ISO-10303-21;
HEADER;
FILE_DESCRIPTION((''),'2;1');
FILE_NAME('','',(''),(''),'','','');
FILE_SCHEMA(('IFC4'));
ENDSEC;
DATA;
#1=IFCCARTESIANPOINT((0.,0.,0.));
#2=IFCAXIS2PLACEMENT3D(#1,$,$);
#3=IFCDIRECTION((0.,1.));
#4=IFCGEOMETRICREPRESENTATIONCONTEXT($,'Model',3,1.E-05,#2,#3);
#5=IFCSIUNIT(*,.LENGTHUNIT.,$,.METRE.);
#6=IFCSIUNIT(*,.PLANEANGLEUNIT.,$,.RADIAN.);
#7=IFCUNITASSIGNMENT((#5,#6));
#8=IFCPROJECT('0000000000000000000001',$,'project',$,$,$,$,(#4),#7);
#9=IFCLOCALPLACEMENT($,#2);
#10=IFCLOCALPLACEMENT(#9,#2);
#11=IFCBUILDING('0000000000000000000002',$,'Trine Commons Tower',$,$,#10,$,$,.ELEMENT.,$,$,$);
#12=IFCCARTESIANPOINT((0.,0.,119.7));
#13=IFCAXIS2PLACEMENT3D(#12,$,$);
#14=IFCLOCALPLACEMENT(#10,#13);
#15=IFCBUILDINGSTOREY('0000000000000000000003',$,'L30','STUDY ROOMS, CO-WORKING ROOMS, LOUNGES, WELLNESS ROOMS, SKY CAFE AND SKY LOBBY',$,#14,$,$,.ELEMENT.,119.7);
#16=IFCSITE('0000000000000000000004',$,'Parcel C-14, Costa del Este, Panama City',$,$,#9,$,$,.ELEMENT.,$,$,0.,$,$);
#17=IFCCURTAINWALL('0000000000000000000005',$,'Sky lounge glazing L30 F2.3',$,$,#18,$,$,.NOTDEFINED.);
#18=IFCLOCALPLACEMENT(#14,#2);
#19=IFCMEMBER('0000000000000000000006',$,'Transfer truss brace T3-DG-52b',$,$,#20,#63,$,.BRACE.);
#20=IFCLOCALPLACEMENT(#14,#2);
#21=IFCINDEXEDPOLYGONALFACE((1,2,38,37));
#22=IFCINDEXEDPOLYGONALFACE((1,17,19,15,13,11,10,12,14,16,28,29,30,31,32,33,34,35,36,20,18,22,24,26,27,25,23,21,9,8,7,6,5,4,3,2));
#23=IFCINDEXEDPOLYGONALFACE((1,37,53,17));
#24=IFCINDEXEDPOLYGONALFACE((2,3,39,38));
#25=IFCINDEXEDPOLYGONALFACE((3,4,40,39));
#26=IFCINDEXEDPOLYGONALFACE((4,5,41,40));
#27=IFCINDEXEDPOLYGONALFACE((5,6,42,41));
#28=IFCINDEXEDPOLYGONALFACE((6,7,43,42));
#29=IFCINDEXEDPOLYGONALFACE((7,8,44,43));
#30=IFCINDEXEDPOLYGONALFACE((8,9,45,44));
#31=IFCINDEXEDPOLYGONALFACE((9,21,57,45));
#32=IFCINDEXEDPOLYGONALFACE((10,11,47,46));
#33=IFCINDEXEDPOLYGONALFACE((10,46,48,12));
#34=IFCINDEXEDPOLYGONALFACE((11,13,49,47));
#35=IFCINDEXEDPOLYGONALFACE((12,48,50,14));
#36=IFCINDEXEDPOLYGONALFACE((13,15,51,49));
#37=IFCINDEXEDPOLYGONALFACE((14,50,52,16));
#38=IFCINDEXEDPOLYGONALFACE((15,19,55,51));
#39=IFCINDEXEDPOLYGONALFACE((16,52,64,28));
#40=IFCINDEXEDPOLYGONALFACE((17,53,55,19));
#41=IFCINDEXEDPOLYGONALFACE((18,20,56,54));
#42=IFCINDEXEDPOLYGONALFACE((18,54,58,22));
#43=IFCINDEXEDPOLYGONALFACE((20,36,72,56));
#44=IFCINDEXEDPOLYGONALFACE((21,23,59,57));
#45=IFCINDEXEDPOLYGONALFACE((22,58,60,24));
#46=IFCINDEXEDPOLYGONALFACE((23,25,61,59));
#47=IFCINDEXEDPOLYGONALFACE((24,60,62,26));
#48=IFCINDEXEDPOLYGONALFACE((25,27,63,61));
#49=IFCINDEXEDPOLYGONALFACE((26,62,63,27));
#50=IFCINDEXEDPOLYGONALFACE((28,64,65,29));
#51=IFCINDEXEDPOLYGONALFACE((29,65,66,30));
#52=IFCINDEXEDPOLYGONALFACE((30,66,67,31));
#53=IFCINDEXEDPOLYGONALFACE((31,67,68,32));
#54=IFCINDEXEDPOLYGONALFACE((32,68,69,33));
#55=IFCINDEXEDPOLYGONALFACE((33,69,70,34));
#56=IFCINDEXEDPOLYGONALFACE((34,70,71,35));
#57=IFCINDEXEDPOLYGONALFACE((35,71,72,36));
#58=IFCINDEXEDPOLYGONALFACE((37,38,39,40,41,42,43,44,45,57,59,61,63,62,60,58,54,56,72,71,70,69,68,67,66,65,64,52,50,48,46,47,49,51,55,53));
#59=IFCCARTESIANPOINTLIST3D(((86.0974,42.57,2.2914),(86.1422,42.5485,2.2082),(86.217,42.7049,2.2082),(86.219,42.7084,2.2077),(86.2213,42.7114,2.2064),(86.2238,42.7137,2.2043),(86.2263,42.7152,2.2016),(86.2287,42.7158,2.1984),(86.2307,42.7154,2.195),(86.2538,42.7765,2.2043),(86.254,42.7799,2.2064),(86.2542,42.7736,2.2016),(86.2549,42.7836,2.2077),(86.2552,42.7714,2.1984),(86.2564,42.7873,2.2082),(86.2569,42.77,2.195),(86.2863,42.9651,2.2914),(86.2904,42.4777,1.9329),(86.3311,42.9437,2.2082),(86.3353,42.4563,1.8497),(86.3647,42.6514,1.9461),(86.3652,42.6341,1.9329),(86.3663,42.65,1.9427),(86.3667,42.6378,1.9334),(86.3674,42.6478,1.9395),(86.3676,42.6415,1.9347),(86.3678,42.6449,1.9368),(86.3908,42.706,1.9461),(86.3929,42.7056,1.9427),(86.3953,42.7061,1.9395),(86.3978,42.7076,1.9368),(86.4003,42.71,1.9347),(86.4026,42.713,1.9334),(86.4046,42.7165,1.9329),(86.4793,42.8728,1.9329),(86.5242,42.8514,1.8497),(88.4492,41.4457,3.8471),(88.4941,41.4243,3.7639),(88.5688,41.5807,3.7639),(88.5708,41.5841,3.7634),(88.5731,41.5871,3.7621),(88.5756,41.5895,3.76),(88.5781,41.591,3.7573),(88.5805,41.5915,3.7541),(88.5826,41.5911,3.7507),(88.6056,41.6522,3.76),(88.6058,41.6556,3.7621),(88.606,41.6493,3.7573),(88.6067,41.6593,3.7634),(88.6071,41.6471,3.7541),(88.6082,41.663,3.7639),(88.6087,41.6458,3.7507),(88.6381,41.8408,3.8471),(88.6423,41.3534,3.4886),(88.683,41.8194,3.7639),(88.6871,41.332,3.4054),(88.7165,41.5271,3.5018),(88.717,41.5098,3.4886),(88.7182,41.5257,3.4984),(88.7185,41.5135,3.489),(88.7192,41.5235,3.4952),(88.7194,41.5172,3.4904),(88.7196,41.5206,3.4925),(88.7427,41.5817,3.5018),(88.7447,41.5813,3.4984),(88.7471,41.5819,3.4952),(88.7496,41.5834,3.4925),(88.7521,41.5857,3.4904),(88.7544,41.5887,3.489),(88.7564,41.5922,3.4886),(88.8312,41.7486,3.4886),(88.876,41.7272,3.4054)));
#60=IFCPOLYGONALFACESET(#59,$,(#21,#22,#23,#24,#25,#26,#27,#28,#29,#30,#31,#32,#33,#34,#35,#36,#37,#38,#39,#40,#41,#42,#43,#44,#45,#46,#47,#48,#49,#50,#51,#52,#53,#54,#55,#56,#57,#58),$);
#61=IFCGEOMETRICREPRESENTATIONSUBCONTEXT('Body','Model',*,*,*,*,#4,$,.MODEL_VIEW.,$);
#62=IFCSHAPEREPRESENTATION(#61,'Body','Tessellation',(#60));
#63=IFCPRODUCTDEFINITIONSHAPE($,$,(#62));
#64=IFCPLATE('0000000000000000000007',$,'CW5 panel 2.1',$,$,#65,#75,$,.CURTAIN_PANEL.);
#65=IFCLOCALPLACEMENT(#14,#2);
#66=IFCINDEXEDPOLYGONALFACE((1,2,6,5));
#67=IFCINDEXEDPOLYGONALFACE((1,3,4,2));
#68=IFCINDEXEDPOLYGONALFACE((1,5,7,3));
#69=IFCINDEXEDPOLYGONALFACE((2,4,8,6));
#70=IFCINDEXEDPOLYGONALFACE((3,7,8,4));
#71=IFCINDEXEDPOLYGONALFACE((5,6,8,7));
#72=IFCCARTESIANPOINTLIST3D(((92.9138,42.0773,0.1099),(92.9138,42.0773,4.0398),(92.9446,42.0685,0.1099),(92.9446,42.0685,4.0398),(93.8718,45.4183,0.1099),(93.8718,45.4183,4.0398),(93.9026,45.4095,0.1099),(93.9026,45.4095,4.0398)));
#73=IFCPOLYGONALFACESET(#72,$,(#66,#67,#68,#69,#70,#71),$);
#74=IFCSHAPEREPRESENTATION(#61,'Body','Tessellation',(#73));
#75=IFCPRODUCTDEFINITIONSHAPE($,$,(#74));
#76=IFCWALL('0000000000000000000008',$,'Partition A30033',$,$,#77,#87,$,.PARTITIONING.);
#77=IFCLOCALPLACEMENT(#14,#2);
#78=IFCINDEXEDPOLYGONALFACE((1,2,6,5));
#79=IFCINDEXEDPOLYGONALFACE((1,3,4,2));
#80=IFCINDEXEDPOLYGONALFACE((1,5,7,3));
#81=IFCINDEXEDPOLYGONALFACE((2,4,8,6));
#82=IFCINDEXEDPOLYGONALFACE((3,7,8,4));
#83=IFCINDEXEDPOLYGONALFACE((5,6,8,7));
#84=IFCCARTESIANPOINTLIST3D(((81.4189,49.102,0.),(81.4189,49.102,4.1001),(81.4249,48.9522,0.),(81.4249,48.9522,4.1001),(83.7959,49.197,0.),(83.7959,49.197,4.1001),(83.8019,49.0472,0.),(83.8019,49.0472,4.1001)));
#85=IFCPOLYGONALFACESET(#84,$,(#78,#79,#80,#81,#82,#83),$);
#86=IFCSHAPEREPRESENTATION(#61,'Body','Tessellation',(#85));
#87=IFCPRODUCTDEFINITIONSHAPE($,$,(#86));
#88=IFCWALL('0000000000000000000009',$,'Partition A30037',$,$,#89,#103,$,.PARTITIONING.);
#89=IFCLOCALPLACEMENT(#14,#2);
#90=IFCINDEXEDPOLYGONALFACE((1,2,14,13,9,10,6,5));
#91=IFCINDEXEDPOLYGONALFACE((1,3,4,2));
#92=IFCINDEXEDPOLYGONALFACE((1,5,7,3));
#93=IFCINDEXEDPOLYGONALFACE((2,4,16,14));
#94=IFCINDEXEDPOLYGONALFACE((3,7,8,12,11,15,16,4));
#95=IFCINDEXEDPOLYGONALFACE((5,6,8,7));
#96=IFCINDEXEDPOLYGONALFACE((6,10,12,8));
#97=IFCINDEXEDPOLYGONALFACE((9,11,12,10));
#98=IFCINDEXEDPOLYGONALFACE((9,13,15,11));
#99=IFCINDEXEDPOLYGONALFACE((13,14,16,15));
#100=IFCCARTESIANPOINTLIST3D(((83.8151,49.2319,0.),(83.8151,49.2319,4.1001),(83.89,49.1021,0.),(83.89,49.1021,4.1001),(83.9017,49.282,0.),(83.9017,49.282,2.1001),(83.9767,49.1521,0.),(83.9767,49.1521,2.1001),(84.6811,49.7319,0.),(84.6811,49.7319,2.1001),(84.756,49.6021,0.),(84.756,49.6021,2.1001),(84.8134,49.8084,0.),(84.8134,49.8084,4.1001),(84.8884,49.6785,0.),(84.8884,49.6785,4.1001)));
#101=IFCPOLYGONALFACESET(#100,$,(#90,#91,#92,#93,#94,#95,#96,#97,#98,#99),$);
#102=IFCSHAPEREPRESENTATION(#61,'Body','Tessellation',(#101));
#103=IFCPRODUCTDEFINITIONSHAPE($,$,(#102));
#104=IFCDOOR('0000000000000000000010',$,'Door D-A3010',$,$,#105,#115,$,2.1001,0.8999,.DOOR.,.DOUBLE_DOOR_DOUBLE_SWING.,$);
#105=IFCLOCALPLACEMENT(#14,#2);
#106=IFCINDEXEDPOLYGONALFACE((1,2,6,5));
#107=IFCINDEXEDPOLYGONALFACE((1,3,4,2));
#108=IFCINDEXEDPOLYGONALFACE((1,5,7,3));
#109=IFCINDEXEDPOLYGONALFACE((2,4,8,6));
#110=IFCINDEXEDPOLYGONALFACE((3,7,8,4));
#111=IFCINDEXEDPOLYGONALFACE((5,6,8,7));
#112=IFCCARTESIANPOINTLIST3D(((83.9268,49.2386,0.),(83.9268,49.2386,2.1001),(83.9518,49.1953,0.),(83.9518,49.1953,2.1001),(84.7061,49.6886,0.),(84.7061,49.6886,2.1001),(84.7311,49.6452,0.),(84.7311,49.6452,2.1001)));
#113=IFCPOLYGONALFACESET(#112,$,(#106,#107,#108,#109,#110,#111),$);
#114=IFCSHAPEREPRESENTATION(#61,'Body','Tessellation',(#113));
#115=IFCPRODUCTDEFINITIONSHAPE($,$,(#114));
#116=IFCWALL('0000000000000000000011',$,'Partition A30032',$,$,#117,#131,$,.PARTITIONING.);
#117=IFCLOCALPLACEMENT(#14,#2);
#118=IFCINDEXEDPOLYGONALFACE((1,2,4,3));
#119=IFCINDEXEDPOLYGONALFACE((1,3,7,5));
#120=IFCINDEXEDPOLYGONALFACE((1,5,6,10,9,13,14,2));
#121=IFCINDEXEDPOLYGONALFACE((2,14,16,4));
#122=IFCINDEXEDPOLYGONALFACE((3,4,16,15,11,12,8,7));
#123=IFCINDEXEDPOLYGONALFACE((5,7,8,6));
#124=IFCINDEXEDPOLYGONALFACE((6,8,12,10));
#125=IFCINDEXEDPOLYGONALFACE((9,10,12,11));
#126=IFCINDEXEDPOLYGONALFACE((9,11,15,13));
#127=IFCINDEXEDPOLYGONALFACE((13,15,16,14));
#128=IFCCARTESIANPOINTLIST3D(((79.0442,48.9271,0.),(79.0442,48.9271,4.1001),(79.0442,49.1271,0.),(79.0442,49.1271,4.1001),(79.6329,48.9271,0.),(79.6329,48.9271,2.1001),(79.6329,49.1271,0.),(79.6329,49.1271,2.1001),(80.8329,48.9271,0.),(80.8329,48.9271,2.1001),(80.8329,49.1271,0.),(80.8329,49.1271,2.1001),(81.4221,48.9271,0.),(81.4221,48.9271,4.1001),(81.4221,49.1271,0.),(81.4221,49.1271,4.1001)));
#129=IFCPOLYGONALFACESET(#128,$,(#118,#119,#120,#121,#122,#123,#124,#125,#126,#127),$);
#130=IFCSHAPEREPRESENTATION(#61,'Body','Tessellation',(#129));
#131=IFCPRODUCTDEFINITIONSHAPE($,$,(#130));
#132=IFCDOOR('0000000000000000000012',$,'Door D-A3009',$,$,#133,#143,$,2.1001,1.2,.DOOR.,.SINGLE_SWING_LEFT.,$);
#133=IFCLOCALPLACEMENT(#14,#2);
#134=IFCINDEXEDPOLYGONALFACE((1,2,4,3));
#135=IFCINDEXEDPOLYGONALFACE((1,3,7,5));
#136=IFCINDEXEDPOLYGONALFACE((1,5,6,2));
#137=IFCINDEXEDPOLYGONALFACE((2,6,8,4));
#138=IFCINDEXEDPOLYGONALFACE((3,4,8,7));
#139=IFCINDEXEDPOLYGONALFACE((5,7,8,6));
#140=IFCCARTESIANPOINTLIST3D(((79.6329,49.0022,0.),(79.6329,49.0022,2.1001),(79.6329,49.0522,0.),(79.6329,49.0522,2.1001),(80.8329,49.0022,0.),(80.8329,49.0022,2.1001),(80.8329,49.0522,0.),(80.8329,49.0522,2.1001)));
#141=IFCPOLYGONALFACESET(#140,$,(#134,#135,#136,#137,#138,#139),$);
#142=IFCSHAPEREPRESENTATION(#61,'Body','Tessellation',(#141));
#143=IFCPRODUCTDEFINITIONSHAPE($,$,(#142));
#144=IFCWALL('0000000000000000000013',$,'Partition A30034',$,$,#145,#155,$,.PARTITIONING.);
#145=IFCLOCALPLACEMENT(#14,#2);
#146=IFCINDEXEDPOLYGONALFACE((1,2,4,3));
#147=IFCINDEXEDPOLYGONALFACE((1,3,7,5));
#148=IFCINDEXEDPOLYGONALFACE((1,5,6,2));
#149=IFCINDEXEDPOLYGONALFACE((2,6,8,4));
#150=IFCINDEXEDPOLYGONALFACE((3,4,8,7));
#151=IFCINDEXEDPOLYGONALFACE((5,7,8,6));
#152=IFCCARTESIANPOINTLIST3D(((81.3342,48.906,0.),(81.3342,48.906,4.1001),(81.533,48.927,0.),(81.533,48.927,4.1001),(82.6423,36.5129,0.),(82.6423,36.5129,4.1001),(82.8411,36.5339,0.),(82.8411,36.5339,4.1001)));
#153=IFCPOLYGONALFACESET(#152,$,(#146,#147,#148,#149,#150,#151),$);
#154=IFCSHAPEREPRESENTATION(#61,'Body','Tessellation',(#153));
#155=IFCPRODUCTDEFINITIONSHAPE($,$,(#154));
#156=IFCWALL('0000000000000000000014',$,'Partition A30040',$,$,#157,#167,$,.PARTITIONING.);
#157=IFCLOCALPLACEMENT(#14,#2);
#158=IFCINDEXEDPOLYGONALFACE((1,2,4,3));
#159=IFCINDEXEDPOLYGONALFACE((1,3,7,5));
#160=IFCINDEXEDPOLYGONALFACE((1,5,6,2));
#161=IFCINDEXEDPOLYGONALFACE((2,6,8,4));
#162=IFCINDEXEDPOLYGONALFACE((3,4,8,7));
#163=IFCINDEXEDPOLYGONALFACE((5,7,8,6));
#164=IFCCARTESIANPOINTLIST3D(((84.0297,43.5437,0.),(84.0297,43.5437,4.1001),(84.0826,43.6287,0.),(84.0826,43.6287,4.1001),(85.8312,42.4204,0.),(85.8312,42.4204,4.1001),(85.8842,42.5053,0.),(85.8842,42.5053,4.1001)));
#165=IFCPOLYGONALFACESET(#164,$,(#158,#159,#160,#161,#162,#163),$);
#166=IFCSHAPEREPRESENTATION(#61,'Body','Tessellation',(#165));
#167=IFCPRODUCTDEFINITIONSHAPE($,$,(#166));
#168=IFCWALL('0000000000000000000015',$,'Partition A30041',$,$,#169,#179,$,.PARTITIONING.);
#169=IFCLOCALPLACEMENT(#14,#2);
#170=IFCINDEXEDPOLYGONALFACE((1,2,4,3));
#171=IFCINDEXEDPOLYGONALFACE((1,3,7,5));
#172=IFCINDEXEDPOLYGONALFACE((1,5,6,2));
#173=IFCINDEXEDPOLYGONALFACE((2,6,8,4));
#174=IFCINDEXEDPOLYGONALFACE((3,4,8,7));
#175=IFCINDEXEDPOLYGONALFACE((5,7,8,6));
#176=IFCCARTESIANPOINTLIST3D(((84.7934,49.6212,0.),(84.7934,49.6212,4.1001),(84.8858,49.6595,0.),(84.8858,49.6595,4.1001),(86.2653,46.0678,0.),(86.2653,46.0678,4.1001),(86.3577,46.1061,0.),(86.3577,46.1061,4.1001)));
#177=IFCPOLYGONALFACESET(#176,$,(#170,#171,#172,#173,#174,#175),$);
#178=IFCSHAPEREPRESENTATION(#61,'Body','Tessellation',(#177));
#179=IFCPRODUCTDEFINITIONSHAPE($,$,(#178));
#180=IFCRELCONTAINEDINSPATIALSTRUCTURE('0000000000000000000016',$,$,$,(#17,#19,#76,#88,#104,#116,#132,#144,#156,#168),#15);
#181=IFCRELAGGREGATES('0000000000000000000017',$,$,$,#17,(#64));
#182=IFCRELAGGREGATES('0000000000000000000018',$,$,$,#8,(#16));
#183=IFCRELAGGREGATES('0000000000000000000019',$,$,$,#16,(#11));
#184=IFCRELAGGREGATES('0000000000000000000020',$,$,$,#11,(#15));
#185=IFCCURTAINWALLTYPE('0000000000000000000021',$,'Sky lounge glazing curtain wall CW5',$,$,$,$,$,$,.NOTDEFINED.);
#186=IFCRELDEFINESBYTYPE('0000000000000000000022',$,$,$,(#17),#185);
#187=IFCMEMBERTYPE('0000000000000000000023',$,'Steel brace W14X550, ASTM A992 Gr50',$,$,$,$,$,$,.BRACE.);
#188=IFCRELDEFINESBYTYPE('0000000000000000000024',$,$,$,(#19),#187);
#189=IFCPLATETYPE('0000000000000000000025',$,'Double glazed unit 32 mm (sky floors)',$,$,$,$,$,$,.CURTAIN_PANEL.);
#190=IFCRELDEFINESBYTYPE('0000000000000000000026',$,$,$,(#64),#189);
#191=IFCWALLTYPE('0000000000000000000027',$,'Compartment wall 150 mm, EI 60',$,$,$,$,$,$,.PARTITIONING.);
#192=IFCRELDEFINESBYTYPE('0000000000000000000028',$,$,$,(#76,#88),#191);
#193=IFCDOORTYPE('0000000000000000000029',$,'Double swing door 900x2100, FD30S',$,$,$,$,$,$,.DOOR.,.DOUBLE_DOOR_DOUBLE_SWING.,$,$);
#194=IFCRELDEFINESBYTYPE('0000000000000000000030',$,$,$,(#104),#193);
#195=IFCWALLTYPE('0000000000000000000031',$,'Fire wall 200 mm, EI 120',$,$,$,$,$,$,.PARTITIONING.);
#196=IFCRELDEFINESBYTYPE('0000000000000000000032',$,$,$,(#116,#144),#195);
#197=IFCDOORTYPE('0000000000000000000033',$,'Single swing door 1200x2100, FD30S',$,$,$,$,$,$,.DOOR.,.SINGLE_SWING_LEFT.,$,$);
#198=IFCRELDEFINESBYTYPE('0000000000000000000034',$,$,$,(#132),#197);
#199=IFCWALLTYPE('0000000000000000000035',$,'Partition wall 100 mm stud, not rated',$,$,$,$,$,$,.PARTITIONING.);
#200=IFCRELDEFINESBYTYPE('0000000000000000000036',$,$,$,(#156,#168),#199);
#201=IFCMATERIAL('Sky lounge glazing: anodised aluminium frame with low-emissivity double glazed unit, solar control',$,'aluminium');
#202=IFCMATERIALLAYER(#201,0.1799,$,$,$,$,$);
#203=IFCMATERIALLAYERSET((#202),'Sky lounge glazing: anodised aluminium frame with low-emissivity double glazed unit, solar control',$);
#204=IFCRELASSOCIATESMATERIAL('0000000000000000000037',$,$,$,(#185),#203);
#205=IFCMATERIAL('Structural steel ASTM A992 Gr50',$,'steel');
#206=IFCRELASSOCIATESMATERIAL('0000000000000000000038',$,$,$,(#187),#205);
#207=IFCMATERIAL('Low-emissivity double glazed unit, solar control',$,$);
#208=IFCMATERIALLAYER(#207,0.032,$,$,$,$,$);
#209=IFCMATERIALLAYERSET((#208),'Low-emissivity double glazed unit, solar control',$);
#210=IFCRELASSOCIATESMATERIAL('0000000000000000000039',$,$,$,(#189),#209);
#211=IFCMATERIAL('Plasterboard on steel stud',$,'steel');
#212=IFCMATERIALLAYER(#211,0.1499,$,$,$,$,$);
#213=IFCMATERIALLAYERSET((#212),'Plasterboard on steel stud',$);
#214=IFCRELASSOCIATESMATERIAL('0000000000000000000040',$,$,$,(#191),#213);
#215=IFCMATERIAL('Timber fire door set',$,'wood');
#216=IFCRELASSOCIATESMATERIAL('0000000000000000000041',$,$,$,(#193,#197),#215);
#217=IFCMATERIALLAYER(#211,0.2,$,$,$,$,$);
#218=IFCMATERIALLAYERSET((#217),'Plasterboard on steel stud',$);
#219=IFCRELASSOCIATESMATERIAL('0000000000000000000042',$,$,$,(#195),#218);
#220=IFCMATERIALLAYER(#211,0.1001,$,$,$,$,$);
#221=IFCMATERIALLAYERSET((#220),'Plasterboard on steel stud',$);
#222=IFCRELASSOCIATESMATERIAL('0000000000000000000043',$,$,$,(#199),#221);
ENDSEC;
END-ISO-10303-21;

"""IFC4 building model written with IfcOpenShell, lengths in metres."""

from ifc_helpers import new_model, si_unit, direction, frame, frame_2d, origin, origin_2d, place, context, subcontext, project, spatial, rectangle, i_section, extrude, material, layer, layer_set, material_profile, profile_set, type_object, element, fill, aggregate, save


model = new_model("IFC4")

# Units and contexts
model_context = context("Model", 3, precision=1e-05, world=origin(), true_north=direction((0.0, 1.0)))
body_context = subcontext(model_context, "Body", "Model", "MODEL_VIEW")
ifc_project = project(units=[si_unit("LENGTHUNIT", "METRE"), si_unit("PLANEANGLEUNIT", "RADIAN")], contexts=[model_context])

# Site, building, storey
site_placement = place(None, origin())
site = spatial("IfcSite", under=ifc_project, at=site_placement, Name="Parcel C-14, Costa del Este, Panama City", CompositionType="ELEMENT", RefElevation=0.0)
building_placement = place(site_placement, origin())
building = spatial("IfcBuilding", under=site, at=building_placement, Name="Trine Commons Tower", CompositionType="ELEMENT")
storey_placement = place(building_placement, frame((0.0, 0.0, 119.7)))
storey = spatial("IfcBuildingStorey", under=building, at=storey_placement, Name="L30", Description="STUDY ROOMS, CO-WORKING ROOMS, LOUNGES, WELLNESS ROOMS, SKY CAFE AND SKY LOBBY", CompositionType="ELEMENT", Elevation=119.7)

# Curtain wall
ifc_material_1 = material(Name="Sky lounge glazing: anodised aluminium frame with low-emissivity double glazed unit, solar control", Category="aluminium")
ifc_layer_1 = layer(ifc_material_1, 0.1799)
ifc_layer_set_1 = layer_set([ifc_layer_1], Name="Sky lounge glazing: anodised aluminium frame with low-emissivity double glazed unit, solar control")
curtain_wall_type = type_object("IfcCurtainWallType", Name="Sky lounge glazing curtain wall CW5", PredefinedType="NOTDEFINED", material=ifc_layer_set_1)
curtain_wall_placement = place(storey_placement, origin())
curtain_wall = element("IfcCurtainWall", 1, at=curtain_wall_placement, inside=storey, type_object=curtain_wall_type, Name="Sky lounge glazing L30 F2.3", PredefinedType="NOTDEFINED")

# Shared definitions
ifc_material_2 = material(Name="Structural steel ASTM A992 Gr50", Category="steel")

# Member
ifc_material_profile_1 = material_profile(ifc_material_2, i_section(OverallWidth=0.438, OverallDepth=0.5144, WebThickness=0.0605, FlangeThickness=0.0969, FilletRadius=0.0154, at=origin_2d()), Name="W14X550")
ifc_profile_set_1 = profile_set([ifc_material_profile_1], Name="Structural steel ASTM A992 Gr50")
member_type_1 = type_object("IfcMemberType", Name="Steel brace W14X550, ASTM A992 Gr50", PredefinedType="BRACE", material=ifc_profile_set_1)
member_1_placement = place(storey_placement, frame((86.3108, 42.7107, 2.0706), z_axis=(0.774734, -0.370357, 0.512468), x_axis=(0.431296, 0.90221, 0.0)))
element("IfcMember", 2, at=member_1_placement, inside=storey, type_object=member_type_1, Name="Transfer truss brace T3-DG-52b", PredefinedType="BRACE", context=body_context, shape_type="SweptSolid", body=[
    extrude(i_section(OverallWidth=0.438, OverallDepth=0.5144, WebThickness=0.0605, FlangeThickness=0.0969, FilletRadius=0.0154, at=origin_2d()), origin(), (0.0, 0.0, 1.0), 3.0356),
])

# Plate
ifc_material_3 = material(Name="Low-emissivity double glazed unit, solar control")
ifc_layer_2 = layer(ifc_material_3, 0.032)
ifc_layer_set_2 = layer_set([ifc_layer_2], Name="Low-emissivity double glazed unit, solar control")
plate_type = type_object("IfcPlateType", Name="Double glazed unit 32 mm (sky floors)", PredefinedType="CURTAIN_PANEL", material=ifc_layer_set_2)
plate_placement = place(storey_placement, frame((93.4082, 43.7434, 0.1099), z_axis=(0.0, 0.0, 1.0), x_axis=(-0.275637, -0.961262, 0.0)))
plate = element("IfcPlate", 3, at=plate_placement, type_object=plate_type, Name="CW5 panel 2.1", PredefinedType="CURTAIN_PANEL", context=body_context, shape_type="SweptSolid", body=[
    extrude(rectangle(XDim=3.4756, YDim=0.032, at=origin_2d()), origin(), (0.0, 0.0, 1.0), 3.9299),
])
aggregate(curtain_wall, [plate])

# Wall
ifc_material_4 = material(Name="Plasterboard on steel stud", Category="steel")
ifc_layer_3 = layer(ifc_material_4, 0.1499)
ifc_layer_set_3 = layer_set([ifc_layer_3], Name="Plasterboard on steel stud")
wall_type_1 = type_object("IfcWallType", Name="Compartment wall 150 mm, EI 60", PredefinedType="PARTITIONING", material=ifc_layer_set_3)
wall_1_placement = place(storey_placement, frame((81.4219, 49.0271, 0.0), z_axis=(0.0, 0.0, 1.0), x_axis=(0.999203, 0.039923, 0.0)))
element("IfcWall", 4, at=wall_1_placement, inside=storey, type_object=wall_type_1, Name="Partition A30033", PredefinedType="PARTITIONING", context=body_context, shape_type="SweptSolid", body=[
    extrude(rectangle(XDim=2.3789, YDim=0.1499, at=frame_2d((1.1895, 0.0))), origin(), (0.0, 0.0, 1.0), 4.1001),
])

# Walls, openings, doors
wall_2_placement = place(storey_placement, frame((83.8525, 49.167, 0.0), z_axis=(0.0, 0.0, 1.0), x_axis=(0.866006, 0.500034, 0.0)))
wall_2 = element("IfcWall", 5, at=wall_2_placement, inside=storey, type_object=wall_type_1, Name="Partition A30037", PredefinedType="PARTITIONING", context=body_context, shape_type="SweptSolid", body=[
    extrude(rectangle(XDim=1.1528, YDim=0.1499, at=frame_2d((0.5764, 0.0))), origin(), (0.0, 0.0, 1.0), 4.1001),
])
opening_1_placement = place(wall_2_placement, frame((0.1001, 0.0, 0.0)))
opening_1 = element("IfcOpeningElement", 6, at=opening_1_placement, cuts=wall_2, PredefinedType="OPENING", context=body_context, shape_type="SweptSolid", body=[
    extrude(rectangle(XDim=0.8999, YDim=2.1001, at=frame_2d((0.45, 1.05))), frame((0.0, 0.085, 0.0), z_axis=(0.0, -1.0, 0.0), x_axis=(1.0, 0.0, 0.0)), (0.0, 0.0, 1.0), 0.1699),
])
ifc_material_5 = material(Name="Timber fire door set", Category="wood")
door_type_1 = type_object("IfcDoorType", Name="Double swing door 900x2100, FD30S", OperationType="DOUBLE_DOOR_DOUBLE_SWING", PredefinedType="DOOR", material=ifc_material_5)
door_1_placement = place(opening_1_placement, origin())
door_1 = element("IfcDoor", 7, at=door_1_placement, inside=storey, type_object=door_type_1, Name="Door D-A3010", OperationType="DOUBLE_DOOR_DOUBLE_SWING", OverallHeight=2.1001, OverallWidth=0.8999, PredefinedType="DOOR", context=body_context, shape_type="SweptSolid", body=[
    extrude(rectangle(XDim=0.8999, YDim=2.1001, at=frame_2d((0.45, 1.05))), frame((0.0, 0.0249, 0.0), z_axis=(0.0, -1.0, 0.0), x_axis=(1.0, 0.0, 0.0)), (0.0, 0.0, 1.0), 0.05),
])
fill(opening_1, door_1)
ifc_layer_4 = layer(ifc_material_4, 0.2)
ifc_layer_set_4 = layer_set([ifc_layer_4], Name="Plasterboard on steel stud")
wall_type_2 = type_object("IfcWallType", Name="Fire wall 200 mm, EI 120", PredefinedType="PARTITIONING", material=ifc_layer_set_4)
wall_3_placement = place(storey_placement, frame((81.4221, 49.0271, 0.0), z_axis=(0.0, 0.0, 1.0), x_axis=(-1.0, 0.0, 0.0)))
wall_3 = element("IfcWall", 8, at=wall_3_placement, inside=storey, type_object=wall_type_2, Name="Partition A30032", PredefinedType="PARTITIONING", context=body_context, shape_type="SweptSolid", body=[
    extrude(rectangle(XDim=2.3779, YDim=0.2, at=frame_2d((1.189, 0.0))), origin(), (0.0, 0.0, 1.0), 4.1001),
])
opening_2_placement = place(wall_3_placement, frame((0.5891, 0.0, 0.0)))
opening_2 = element("IfcOpeningElement", 9, at=opening_2_placement, cuts=wall_3, PredefinedType="OPENING", context=body_context, shape_type="SweptSolid", body=[
    extrude(rectangle(XDim=1.2, YDim=2.1001, at=frame_2d((0.6001, 1.05))), frame((0.0, 0.1099, 0.0), z_axis=(0.0, -1.0, 0.0), x_axis=(1.0, 0.0, 0.0)), (0.0, 0.0, 1.0), 0.22),
])
door_type_2 = type_object("IfcDoorType", Name="Single swing door 1200x2100, FD30S", OperationType="SINGLE_SWING_LEFT", PredefinedType="DOOR", material=ifc_material_5)
door_2_placement = place(opening_2_placement, origin())
door_2 = element("IfcDoor", 10, at=door_2_placement, inside=storey, type_object=door_type_2, Name="Door D-A3009", OperationType="SINGLE_SWING_LEFT", OverallHeight=2.1001, OverallWidth=1.2, PredefinedType="DOOR", context=body_context, shape_type="SweptSolid", body=[
    extrude(rectangle(XDim=1.2, YDim=2.1001, at=frame_2d((0.6001, 1.05))), frame((0.0, 0.0249, 0.0), z_axis=(0.0, -1.0, 0.0), x_axis=(1.0, 0.0, 0.0)), (0.0, 0.0, 1.0), 0.05),
])
fill(opening_2, door_2)

# Wall
wall_4_placement = place(storey_placement, frame((81.4336, 48.9165, 0.0), z_axis=(0.0, 0.0, 1.0), x_axis=(0.104968, -0.994476, 0.0)))
element("IfcWall", 11, at=wall_4_placement, inside=storey, type_object=wall_type_2, Name="Partition A30034", PredefinedType="PARTITIONING", context=body_context, shape_type="SweptSolid", body=[
    extrude(rectangle(XDim=12.4619, YDim=0.2, at=frame_2d((6.231, 0.0))), origin(), (0.0, 0.0, 1.0), 4.1001),
])

# Walls
ifc_layer_5 = layer(ifc_material_4, 0.1001)
ifc_layer_set_5 = layer_set([ifc_layer_5], Name="Plasterboard on steel stud")
wall_type_3 = type_object("IfcWallType", Name="Partition wall 100 mm stud, not rated", PredefinedType="PARTITIONING", material=ifc_layer_set_5)
wall_5_placement = place(storey_placement, frame((84.0562, 43.5862, 0.0), z_axis=(0.0, 0.0, 1.0), x_axis=(0.84856, -0.529099, 0.0)))
element("IfcWall", 12, at=wall_5_placement, inside=storey, type_object=wall_type_3, Name="Partition A30040", PredefinedType="PARTITIONING", context=body_context, shape_type="SweptSolid", body=[
    extrude(rectangle(XDim=2.123, YDim=0.1001, at=frame_2d((1.0615, 0.0))), origin(), (0.0, 0.0, 1.0), 4.1001),
])
wall_6_placement = place(storey_placement, frame((84.8396, 49.6404, 0.0), z_axis=(0.0, 0.0, 1.0), x_axis=(0.38269, -0.923877, 0.0)))
element("IfcWall", 13, at=wall_6_placement, inside=storey, type_object=wall_type_3, Name="Partition A30041", PredefinedType="PARTITIONING", context=body_context, shape_type="SweptSolid", body=[
    extrude(rectangle(XDim=3.8462, YDim=0.1001, at=frame_2d((1.9231, 0.0))), origin(), (0.0, 0.0, 1.0), 4.1001),
])

save(model, "model.ifc")
